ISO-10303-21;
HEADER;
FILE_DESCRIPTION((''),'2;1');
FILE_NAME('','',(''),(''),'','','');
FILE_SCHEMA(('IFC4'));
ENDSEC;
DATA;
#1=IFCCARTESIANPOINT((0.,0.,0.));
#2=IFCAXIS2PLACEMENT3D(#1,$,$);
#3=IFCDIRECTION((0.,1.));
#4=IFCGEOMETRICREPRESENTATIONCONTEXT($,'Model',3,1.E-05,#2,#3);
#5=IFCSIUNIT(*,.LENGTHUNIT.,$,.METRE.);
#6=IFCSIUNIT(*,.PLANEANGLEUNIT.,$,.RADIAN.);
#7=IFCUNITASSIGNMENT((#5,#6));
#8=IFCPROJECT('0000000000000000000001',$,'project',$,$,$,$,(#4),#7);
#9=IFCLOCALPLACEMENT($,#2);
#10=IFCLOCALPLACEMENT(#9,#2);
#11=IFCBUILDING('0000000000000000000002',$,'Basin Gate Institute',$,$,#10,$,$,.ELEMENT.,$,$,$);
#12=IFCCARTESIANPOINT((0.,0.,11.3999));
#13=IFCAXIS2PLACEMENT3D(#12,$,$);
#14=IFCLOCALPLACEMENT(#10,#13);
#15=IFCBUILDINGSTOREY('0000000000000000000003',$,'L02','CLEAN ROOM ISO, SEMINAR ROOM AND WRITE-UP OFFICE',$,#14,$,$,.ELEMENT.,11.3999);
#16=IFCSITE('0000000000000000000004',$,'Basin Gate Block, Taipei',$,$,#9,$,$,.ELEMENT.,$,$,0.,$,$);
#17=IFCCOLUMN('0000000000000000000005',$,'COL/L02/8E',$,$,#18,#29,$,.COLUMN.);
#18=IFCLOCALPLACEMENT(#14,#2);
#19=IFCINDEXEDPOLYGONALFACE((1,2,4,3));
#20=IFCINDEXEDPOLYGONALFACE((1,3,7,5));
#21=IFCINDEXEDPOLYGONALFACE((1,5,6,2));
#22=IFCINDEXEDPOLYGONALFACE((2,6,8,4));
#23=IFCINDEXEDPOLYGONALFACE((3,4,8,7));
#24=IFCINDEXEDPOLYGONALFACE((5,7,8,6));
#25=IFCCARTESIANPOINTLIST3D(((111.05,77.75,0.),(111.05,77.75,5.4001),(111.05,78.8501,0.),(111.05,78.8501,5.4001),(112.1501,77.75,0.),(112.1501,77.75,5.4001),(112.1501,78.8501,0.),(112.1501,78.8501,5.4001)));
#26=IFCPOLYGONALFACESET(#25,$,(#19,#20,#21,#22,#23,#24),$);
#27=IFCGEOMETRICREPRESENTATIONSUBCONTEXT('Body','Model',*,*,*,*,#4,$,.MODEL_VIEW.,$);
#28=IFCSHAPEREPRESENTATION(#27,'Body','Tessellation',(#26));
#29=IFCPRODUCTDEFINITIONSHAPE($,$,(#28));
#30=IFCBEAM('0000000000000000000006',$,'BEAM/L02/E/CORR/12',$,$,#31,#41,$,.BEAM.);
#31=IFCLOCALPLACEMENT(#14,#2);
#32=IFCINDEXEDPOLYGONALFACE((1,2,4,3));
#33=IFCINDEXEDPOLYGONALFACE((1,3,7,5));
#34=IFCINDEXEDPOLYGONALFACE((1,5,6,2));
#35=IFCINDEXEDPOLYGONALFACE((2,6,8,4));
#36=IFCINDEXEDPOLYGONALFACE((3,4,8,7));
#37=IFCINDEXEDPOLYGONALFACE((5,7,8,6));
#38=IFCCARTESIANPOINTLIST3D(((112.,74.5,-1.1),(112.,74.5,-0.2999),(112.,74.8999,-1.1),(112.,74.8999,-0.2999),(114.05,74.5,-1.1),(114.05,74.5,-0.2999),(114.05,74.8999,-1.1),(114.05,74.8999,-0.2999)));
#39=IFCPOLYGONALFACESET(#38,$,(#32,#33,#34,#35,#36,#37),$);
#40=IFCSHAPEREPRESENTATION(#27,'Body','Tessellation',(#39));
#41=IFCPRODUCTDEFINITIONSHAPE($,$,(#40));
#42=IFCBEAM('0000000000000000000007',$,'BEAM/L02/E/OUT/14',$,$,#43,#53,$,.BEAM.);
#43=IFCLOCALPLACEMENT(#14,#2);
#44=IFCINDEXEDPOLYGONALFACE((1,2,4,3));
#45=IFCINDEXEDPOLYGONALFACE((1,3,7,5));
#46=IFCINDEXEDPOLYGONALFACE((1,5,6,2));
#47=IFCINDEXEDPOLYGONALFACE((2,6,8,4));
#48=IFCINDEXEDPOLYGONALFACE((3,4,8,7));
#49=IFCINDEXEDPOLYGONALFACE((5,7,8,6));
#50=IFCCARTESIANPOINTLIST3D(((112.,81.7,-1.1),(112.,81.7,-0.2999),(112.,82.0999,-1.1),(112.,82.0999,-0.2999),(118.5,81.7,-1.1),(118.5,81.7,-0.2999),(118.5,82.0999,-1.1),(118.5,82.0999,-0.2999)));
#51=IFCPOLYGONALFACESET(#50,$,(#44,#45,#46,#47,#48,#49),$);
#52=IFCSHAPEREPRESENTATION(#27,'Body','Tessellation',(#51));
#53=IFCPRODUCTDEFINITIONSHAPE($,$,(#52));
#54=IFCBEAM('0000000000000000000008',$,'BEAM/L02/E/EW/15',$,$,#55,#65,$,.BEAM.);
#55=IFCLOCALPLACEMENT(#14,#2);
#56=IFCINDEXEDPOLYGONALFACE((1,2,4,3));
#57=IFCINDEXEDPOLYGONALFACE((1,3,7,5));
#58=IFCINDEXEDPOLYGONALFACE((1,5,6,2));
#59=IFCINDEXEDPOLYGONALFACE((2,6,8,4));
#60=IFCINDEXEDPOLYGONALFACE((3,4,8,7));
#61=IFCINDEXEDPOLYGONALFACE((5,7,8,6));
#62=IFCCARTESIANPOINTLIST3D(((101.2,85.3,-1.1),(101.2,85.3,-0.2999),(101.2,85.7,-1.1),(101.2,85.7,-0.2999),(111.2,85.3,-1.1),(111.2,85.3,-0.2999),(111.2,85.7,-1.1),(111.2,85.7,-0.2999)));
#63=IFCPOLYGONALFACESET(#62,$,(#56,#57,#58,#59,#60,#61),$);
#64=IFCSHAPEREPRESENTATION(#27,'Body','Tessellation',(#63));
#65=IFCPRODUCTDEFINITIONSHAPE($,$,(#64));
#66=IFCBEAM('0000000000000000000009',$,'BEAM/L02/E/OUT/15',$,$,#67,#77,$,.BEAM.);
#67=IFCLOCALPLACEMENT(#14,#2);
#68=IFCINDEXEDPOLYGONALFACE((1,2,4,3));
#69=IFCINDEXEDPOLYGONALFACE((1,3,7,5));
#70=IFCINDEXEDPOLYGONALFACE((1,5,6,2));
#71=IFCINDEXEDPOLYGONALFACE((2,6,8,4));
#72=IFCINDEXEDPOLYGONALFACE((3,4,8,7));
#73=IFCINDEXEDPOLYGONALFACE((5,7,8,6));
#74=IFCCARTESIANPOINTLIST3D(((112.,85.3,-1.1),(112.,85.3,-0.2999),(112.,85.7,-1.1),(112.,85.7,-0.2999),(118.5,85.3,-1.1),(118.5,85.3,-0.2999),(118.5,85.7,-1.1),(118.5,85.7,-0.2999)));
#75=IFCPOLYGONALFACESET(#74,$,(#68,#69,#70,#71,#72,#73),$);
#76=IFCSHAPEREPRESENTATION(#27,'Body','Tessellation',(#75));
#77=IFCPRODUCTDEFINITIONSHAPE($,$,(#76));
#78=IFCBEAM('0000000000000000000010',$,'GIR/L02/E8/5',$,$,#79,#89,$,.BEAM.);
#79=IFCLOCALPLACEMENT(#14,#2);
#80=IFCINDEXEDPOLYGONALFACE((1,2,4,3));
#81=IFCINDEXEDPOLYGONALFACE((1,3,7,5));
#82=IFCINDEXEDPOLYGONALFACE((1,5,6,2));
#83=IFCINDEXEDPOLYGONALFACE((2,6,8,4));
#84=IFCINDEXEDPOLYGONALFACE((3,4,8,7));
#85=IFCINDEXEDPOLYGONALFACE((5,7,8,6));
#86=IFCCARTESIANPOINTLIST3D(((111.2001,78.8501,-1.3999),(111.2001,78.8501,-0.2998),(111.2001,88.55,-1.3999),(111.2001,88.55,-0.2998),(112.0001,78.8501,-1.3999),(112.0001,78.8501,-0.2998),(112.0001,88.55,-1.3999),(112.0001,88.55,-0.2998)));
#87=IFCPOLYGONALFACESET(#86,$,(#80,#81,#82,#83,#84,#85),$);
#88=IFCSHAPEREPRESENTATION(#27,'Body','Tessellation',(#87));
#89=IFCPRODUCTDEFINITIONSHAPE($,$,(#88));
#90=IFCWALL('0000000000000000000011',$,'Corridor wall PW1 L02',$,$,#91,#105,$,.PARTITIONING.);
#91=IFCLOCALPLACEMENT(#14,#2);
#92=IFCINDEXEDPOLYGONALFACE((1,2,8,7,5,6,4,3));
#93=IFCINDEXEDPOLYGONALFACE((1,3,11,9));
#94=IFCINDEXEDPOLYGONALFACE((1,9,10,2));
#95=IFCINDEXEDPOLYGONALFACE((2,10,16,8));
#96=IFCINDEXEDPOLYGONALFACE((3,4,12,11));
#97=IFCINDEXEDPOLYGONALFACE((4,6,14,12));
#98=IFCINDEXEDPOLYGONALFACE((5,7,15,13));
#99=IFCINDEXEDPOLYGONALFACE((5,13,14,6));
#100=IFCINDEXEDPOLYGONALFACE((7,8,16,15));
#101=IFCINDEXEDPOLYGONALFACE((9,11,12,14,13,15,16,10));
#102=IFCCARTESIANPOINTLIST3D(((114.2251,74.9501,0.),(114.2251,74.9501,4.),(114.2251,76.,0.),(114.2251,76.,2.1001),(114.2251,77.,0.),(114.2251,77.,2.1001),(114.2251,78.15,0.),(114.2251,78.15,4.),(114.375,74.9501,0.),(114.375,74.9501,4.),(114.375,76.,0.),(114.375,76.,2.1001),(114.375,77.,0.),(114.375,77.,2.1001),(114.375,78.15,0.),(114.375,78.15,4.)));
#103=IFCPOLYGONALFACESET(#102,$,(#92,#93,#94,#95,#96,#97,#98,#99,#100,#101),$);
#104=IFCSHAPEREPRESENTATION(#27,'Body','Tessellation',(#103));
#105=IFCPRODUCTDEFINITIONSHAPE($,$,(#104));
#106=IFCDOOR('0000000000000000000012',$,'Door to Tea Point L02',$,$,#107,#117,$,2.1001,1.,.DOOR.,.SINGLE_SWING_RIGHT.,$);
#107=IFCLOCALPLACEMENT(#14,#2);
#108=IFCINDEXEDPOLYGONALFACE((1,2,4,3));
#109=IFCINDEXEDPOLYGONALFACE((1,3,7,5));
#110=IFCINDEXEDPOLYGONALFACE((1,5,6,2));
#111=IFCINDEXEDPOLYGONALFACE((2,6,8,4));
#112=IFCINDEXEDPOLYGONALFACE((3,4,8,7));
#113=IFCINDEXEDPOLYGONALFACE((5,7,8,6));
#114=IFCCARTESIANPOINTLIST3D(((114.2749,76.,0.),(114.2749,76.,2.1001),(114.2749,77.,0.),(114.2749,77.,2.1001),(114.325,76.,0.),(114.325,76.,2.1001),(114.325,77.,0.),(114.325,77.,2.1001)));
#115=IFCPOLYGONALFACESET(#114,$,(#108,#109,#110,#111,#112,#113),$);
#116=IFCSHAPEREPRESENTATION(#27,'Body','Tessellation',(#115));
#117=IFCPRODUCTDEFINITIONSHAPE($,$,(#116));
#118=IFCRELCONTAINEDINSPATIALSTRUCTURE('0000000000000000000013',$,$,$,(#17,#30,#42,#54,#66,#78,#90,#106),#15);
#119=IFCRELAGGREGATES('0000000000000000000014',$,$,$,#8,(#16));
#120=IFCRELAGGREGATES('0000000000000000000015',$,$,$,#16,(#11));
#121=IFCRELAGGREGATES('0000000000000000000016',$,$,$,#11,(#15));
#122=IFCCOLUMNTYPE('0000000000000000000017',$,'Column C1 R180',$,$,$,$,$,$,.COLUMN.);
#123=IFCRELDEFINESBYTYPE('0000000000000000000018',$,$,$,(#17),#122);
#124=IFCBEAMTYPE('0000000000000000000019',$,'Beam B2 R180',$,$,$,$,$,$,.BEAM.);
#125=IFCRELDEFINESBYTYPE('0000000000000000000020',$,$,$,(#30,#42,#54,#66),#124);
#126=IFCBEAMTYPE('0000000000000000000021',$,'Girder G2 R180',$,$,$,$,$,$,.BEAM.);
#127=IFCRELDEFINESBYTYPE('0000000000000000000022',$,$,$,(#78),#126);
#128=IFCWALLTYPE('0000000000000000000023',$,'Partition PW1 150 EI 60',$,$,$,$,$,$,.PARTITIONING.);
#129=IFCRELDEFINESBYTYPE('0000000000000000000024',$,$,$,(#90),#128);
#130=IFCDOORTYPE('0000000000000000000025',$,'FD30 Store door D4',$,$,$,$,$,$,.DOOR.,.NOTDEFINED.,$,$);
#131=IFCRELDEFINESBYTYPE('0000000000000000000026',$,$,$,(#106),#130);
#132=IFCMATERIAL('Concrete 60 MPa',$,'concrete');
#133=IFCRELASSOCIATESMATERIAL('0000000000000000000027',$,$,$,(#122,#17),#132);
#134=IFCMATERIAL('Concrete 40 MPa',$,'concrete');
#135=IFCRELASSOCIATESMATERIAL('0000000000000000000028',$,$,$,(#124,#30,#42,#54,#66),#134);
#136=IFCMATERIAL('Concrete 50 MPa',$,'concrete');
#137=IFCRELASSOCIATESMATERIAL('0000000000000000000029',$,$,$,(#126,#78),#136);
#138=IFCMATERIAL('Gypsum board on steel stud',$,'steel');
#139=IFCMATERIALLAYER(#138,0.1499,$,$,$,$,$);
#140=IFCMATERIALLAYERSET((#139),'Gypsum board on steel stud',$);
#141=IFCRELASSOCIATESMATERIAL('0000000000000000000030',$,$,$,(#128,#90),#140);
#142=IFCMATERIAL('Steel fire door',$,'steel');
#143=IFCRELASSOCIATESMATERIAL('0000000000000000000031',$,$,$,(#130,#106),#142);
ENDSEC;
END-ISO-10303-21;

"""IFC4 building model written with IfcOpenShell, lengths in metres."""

from ifc_helpers import new_model, si_unit, direction, frame, frame_2d, origin, origin_2d, place, context, subcontext, project, spatial, rectangle, extrude, material, layer, layer_set, material_profile, profile_set, type_object, element, fill, save


model = new_model("IFC4")

# Units and contexts
model_context = context("Model", 3, precision=1e-05, world=origin(), true_north=direction((0.0, 1.0)))
body_context = subcontext(model_context, "Body", "Model", "MODEL_VIEW")
ifc_project = project(units=[si_unit("LENGTHUNIT", "METRE"), si_unit("PLANEANGLEUNIT", "RADIAN")], contexts=[model_context])

# Site, building, storey
site_placement = place(None, origin())
site = spatial("IfcSite", under=ifc_project, at=site_placement, Name="Basin Gate Block, Taipei", CompositionType="ELEMENT", RefElevation=0.0)
building_placement = place(site_placement, origin())
building = spatial("IfcBuilding", under=site, at=building_placement, Name="Basin Gate Institute", CompositionType="ELEMENT")
storey_placement = place(building_placement, frame((0.0, 0.0, 11.3999)))
storey = spatial("IfcBuildingStorey", under=building, at=storey_placement, Name="L02", Description="CLEAN ROOM ISO, SEMINAR ROOM AND WRITE-UP OFFICE", CompositionType="ELEMENT", Elevation=11.3999)

# Column
ifc_material_1 = material(Name="Concrete 60 MPa", Category="concrete")
ifc_material_profile_1 = material_profile(ifc_material_1, rectangle(XDim=1.1001, YDim=1.1001, at=origin_2d()), Name="Column C1 1100 x 1100")
ifc_profile_set_1 = profile_set([ifc_material_profile_1], Name="Concrete 60 MPa")
column_type = type_object("IfcColumnType", Name="Column C1 R180", PredefinedType="COLUMN", material=ifc_profile_set_1)
column_placement = place(storey_placement, frame((111.6001, 78.3, 0.0), z_axis=(0.0, 0.0, 1.0), x_axis=(1.0, 0.0, 0.0)))
element("IfcColumn", 1, at=column_placement, inside=storey, type_object=column_type, material=ifc_profile_set_1, Name="COL/L02/8E", PredefinedType="COLUMN", context=body_context, shape_type="SweptSolid", body=[
    extrude(rectangle(XDim=1.1001, YDim=1.1001, at=origin_2d()), origin(), (0.0, 0.0, 1.0), 5.4001),
])

# Beams
ifc_material_2 = material(Name="Concrete 40 MPa", Category="concrete")
ifc_material_profile_2 = material_profile(ifc_material_2, rectangle(XDim=0.3999, YDim=0.8, at=origin_2d()), Name="Beam B2 400 x 800")
ifc_profile_set_2 = profile_set([ifc_material_profile_2], Name="Concrete 40 MPa")
beam_type_1 = type_object("IfcBeamType", Name="Beam B2 R180", PredefinedType="BEAM", material=ifc_profile_set_2)
beam_1_placement = place(storey_placement, frame((114.05, 74.7, -0.7), z_axis=(-1.0, 0.0, 0.0), x_axis=(0.0, -1.0, 0.0)))
element("IfcBeam", 2, at=beam_1_placement, inside=storey, type_object=beam_type_1, material=ifc_profile_set_2, Name="BEAM/L02/E/CORR/12", PredefinedType="BEAM", context=body_context, shape_type="SweptSolid", body=[
    extrude(rectangle(XDim=0.3999, YDim=0.8, at=origin_2d()), origin(), (0.0, 0.0, 1.0), 2.05),
])
beam_2_placement = place(storey_placement, frame((118.5, 81.8999, -0.7), z_axis=(-1.0, 0.0, 0.0), x_axis=(0.0, -1.0, 0.0)))
element("IfcBeam", 3, at=beam_2_placement, inside=storey, type_object=beam_type_1, material=ifc_profile_set_2, Name="BEAM/L02/E/OUT/14", PredefinedType="BEAM", context=body_context, shape_type="SweptSolid", body=[
    extrude(rectangle(XDim=0.3999, YDim=0.8, at=origin_2d()), origin(), (0.0, 0.0, 1.0), 6.5),
])
beam_3_placement = place(storey_placement, frame((111.2, 85.5, -0.7), z_axis=(-1.0, 0.0, 0.0), x_axis=(0.0, -1.0, 0.0)))
element("IfcBeam", 4, at=beam_3_placement, inside=storey, type_object=beam_type_1, material=ifc_profile_set_2, Name="BEAM/L02/E/EW/15", PredefinedType="BEAM", context=body_context, shape_type="SweptSolid", body=[
    extrude(rectangle(XDim=0.3999, YDim=0.8, at=origin_2d()), origin(), (0.0, 0.0, 1.0), 10.0),
])
beam_4_placement = place(storey_placement, frame((118.5, 85.5, -0.7), z_axis=(-1.0, 0.0, 0.0), x_axis=(0.0, -1.0, 0.0)))
element("IfcBeam", 5, at=beam_4_placement, inside=storey, type_object=beam_type_1, material=ifc_profile_set_2, Name="BEAM/L02/E/OUT/15", PredefinedType="BEAM", context=body_context, shape_type="SweptSolid", body=[
    extrude(rectangle(XDim=0.3999, YDim=0.8, at=origin_2d()), origin(), (0.0, 0.0, 1.0), 6.5),
])
ifc_material_3 = material(Name="Concrete 50 MPa", Category="concrete")
ifc_material_profile_3 = material_profile(ifc_material_3, rectangle(XDim=0.8, YDim=1.1001, at=origin_2d()), Name="Girder G2 800 x 1100")
ifc_profile_set_3 = profile_set([ifc_material_profile_3], Name="Concrete 50 MPa")
beam_type_2 = type_object("IfcBeamType", Name="Girder G2 R180", PredefinedType="BEAM", material=ifc_profile_set_3)
beam_5_placement = place(storey_placement, frame((111.6001, 78.8501, -0.8499), z_axis=(0.0, 1.0, 0.0), x_axis=(-1.0, 0.0, 0.0)))
element("IfcBeam", 6, at=beam_5_placement, inside=storey, type_object=beam_type_2, material=ifc_profile_set_3, Name="GIR/L02/E8/5", PredefinedType="BEAM", context=body_context, shape_type="SweptSolid", body=[
    extrude(rectangle(XDim=0.8, YDim=1.1001, at=origin_2d()), origin(), (0.0, 0.0, 1.0), 9.7),
])

# Wall, opening, door
ifc_material_4 = material(Name="Gypsum board on steel stud", Category="steel")
ifc_layer_1 = layer(ifc_material_4, 0.1499)
ifc_layer_set_1 = layer_set([ifc_layer_1], Name="Gypsum board on steel stud")
wall_type_1 = type_object("IfcWallType", Name="Partition PW1 150 EI 60", PredefinedType="PARTITIONING", material=ifc_layer_set_1)
wall_1_placement = place(storey_placement, frame((114.3, 74.95, 0.0), z_axis=(0.0, 0.0, 1.0), x_axis=(0.0, 1.0, 0.0)))
wall_1 = element("IfcWall", 7, at=wall_1_placement, inside=storey, type_object=wall_type_1, material=ifc_layer_set_1, Name="Corridor wall PW1 L02", PredefinedType="PARTITIONING", context=body_context, shape_type="SweptSolid", body=[
    extrude(rectangle(XDim=3.2, YDim=0.1499, at=frame_2d((1.6001, 0.0))), origin(), (0.0, 0.0, 1.0), 4.0),
])
opening_1_placement = place(wall_1_placement, frame((1.05, 0.0, 0.0)))
opening_1 = element("IfcOpeningElement", 8, at=opening_1_placement, cuts=wall_1, PredefinedType="OPENING", context=body_context, shape_type="SweptSolid", body=[
    extrude(rectangle(XDim=1.0, YDim=2.1001, at=frame_2d((0.5, 1.05))), frame((0.0, 0.085, 0.0), z_axis=(0.0, -1.0, 0.0), x_axis=(1.0, 0.0, 0.0)), (0.0, 0.0, 1.0), 0.1699),
])
ifc_material_5 = material(Name="Steel fire door", Category="steel")
door_type_1 = type_object("IfcDoorType", Name="FD30 Store door D4", OperationType="NOTDEFINED", PredefinedType="DOOR", material=ifc_material_5)
door_1_placement = place(opening_1_placement, frame((1.0, 0.0, 0.0), z_axis=(0.0, 0.0, 1.0), x_axis=(-1.0, 0.0, 0.0)))
door_1 = element("IfcDoor", 9, at=door_1_placement, inside=storey, type_object=door_type_1, material=ifc_material_5, Name="Door to Tea Point L02", OperationType="SINGLE_SWING_RIGHT", OverallHeight=2.1001, OverallWidth=1.0, PredefinedType="DOOR", context=body_context, shape_type="SweptSolid", body=[
    extrude(rectangle(XDim=1.0, YDim=2.1001, at=frame_2d((0.5, 1.05))), frame((0.0, 0.0249, 0.0), z_axis=(0.0, -1.0, 0.0), x_axis=(1.0, 0.0, 0.0)), (0.0, 0.0, 1.0), 0.05),
])
fill(opening_1, door_1)

save(model, "model.ifc")
